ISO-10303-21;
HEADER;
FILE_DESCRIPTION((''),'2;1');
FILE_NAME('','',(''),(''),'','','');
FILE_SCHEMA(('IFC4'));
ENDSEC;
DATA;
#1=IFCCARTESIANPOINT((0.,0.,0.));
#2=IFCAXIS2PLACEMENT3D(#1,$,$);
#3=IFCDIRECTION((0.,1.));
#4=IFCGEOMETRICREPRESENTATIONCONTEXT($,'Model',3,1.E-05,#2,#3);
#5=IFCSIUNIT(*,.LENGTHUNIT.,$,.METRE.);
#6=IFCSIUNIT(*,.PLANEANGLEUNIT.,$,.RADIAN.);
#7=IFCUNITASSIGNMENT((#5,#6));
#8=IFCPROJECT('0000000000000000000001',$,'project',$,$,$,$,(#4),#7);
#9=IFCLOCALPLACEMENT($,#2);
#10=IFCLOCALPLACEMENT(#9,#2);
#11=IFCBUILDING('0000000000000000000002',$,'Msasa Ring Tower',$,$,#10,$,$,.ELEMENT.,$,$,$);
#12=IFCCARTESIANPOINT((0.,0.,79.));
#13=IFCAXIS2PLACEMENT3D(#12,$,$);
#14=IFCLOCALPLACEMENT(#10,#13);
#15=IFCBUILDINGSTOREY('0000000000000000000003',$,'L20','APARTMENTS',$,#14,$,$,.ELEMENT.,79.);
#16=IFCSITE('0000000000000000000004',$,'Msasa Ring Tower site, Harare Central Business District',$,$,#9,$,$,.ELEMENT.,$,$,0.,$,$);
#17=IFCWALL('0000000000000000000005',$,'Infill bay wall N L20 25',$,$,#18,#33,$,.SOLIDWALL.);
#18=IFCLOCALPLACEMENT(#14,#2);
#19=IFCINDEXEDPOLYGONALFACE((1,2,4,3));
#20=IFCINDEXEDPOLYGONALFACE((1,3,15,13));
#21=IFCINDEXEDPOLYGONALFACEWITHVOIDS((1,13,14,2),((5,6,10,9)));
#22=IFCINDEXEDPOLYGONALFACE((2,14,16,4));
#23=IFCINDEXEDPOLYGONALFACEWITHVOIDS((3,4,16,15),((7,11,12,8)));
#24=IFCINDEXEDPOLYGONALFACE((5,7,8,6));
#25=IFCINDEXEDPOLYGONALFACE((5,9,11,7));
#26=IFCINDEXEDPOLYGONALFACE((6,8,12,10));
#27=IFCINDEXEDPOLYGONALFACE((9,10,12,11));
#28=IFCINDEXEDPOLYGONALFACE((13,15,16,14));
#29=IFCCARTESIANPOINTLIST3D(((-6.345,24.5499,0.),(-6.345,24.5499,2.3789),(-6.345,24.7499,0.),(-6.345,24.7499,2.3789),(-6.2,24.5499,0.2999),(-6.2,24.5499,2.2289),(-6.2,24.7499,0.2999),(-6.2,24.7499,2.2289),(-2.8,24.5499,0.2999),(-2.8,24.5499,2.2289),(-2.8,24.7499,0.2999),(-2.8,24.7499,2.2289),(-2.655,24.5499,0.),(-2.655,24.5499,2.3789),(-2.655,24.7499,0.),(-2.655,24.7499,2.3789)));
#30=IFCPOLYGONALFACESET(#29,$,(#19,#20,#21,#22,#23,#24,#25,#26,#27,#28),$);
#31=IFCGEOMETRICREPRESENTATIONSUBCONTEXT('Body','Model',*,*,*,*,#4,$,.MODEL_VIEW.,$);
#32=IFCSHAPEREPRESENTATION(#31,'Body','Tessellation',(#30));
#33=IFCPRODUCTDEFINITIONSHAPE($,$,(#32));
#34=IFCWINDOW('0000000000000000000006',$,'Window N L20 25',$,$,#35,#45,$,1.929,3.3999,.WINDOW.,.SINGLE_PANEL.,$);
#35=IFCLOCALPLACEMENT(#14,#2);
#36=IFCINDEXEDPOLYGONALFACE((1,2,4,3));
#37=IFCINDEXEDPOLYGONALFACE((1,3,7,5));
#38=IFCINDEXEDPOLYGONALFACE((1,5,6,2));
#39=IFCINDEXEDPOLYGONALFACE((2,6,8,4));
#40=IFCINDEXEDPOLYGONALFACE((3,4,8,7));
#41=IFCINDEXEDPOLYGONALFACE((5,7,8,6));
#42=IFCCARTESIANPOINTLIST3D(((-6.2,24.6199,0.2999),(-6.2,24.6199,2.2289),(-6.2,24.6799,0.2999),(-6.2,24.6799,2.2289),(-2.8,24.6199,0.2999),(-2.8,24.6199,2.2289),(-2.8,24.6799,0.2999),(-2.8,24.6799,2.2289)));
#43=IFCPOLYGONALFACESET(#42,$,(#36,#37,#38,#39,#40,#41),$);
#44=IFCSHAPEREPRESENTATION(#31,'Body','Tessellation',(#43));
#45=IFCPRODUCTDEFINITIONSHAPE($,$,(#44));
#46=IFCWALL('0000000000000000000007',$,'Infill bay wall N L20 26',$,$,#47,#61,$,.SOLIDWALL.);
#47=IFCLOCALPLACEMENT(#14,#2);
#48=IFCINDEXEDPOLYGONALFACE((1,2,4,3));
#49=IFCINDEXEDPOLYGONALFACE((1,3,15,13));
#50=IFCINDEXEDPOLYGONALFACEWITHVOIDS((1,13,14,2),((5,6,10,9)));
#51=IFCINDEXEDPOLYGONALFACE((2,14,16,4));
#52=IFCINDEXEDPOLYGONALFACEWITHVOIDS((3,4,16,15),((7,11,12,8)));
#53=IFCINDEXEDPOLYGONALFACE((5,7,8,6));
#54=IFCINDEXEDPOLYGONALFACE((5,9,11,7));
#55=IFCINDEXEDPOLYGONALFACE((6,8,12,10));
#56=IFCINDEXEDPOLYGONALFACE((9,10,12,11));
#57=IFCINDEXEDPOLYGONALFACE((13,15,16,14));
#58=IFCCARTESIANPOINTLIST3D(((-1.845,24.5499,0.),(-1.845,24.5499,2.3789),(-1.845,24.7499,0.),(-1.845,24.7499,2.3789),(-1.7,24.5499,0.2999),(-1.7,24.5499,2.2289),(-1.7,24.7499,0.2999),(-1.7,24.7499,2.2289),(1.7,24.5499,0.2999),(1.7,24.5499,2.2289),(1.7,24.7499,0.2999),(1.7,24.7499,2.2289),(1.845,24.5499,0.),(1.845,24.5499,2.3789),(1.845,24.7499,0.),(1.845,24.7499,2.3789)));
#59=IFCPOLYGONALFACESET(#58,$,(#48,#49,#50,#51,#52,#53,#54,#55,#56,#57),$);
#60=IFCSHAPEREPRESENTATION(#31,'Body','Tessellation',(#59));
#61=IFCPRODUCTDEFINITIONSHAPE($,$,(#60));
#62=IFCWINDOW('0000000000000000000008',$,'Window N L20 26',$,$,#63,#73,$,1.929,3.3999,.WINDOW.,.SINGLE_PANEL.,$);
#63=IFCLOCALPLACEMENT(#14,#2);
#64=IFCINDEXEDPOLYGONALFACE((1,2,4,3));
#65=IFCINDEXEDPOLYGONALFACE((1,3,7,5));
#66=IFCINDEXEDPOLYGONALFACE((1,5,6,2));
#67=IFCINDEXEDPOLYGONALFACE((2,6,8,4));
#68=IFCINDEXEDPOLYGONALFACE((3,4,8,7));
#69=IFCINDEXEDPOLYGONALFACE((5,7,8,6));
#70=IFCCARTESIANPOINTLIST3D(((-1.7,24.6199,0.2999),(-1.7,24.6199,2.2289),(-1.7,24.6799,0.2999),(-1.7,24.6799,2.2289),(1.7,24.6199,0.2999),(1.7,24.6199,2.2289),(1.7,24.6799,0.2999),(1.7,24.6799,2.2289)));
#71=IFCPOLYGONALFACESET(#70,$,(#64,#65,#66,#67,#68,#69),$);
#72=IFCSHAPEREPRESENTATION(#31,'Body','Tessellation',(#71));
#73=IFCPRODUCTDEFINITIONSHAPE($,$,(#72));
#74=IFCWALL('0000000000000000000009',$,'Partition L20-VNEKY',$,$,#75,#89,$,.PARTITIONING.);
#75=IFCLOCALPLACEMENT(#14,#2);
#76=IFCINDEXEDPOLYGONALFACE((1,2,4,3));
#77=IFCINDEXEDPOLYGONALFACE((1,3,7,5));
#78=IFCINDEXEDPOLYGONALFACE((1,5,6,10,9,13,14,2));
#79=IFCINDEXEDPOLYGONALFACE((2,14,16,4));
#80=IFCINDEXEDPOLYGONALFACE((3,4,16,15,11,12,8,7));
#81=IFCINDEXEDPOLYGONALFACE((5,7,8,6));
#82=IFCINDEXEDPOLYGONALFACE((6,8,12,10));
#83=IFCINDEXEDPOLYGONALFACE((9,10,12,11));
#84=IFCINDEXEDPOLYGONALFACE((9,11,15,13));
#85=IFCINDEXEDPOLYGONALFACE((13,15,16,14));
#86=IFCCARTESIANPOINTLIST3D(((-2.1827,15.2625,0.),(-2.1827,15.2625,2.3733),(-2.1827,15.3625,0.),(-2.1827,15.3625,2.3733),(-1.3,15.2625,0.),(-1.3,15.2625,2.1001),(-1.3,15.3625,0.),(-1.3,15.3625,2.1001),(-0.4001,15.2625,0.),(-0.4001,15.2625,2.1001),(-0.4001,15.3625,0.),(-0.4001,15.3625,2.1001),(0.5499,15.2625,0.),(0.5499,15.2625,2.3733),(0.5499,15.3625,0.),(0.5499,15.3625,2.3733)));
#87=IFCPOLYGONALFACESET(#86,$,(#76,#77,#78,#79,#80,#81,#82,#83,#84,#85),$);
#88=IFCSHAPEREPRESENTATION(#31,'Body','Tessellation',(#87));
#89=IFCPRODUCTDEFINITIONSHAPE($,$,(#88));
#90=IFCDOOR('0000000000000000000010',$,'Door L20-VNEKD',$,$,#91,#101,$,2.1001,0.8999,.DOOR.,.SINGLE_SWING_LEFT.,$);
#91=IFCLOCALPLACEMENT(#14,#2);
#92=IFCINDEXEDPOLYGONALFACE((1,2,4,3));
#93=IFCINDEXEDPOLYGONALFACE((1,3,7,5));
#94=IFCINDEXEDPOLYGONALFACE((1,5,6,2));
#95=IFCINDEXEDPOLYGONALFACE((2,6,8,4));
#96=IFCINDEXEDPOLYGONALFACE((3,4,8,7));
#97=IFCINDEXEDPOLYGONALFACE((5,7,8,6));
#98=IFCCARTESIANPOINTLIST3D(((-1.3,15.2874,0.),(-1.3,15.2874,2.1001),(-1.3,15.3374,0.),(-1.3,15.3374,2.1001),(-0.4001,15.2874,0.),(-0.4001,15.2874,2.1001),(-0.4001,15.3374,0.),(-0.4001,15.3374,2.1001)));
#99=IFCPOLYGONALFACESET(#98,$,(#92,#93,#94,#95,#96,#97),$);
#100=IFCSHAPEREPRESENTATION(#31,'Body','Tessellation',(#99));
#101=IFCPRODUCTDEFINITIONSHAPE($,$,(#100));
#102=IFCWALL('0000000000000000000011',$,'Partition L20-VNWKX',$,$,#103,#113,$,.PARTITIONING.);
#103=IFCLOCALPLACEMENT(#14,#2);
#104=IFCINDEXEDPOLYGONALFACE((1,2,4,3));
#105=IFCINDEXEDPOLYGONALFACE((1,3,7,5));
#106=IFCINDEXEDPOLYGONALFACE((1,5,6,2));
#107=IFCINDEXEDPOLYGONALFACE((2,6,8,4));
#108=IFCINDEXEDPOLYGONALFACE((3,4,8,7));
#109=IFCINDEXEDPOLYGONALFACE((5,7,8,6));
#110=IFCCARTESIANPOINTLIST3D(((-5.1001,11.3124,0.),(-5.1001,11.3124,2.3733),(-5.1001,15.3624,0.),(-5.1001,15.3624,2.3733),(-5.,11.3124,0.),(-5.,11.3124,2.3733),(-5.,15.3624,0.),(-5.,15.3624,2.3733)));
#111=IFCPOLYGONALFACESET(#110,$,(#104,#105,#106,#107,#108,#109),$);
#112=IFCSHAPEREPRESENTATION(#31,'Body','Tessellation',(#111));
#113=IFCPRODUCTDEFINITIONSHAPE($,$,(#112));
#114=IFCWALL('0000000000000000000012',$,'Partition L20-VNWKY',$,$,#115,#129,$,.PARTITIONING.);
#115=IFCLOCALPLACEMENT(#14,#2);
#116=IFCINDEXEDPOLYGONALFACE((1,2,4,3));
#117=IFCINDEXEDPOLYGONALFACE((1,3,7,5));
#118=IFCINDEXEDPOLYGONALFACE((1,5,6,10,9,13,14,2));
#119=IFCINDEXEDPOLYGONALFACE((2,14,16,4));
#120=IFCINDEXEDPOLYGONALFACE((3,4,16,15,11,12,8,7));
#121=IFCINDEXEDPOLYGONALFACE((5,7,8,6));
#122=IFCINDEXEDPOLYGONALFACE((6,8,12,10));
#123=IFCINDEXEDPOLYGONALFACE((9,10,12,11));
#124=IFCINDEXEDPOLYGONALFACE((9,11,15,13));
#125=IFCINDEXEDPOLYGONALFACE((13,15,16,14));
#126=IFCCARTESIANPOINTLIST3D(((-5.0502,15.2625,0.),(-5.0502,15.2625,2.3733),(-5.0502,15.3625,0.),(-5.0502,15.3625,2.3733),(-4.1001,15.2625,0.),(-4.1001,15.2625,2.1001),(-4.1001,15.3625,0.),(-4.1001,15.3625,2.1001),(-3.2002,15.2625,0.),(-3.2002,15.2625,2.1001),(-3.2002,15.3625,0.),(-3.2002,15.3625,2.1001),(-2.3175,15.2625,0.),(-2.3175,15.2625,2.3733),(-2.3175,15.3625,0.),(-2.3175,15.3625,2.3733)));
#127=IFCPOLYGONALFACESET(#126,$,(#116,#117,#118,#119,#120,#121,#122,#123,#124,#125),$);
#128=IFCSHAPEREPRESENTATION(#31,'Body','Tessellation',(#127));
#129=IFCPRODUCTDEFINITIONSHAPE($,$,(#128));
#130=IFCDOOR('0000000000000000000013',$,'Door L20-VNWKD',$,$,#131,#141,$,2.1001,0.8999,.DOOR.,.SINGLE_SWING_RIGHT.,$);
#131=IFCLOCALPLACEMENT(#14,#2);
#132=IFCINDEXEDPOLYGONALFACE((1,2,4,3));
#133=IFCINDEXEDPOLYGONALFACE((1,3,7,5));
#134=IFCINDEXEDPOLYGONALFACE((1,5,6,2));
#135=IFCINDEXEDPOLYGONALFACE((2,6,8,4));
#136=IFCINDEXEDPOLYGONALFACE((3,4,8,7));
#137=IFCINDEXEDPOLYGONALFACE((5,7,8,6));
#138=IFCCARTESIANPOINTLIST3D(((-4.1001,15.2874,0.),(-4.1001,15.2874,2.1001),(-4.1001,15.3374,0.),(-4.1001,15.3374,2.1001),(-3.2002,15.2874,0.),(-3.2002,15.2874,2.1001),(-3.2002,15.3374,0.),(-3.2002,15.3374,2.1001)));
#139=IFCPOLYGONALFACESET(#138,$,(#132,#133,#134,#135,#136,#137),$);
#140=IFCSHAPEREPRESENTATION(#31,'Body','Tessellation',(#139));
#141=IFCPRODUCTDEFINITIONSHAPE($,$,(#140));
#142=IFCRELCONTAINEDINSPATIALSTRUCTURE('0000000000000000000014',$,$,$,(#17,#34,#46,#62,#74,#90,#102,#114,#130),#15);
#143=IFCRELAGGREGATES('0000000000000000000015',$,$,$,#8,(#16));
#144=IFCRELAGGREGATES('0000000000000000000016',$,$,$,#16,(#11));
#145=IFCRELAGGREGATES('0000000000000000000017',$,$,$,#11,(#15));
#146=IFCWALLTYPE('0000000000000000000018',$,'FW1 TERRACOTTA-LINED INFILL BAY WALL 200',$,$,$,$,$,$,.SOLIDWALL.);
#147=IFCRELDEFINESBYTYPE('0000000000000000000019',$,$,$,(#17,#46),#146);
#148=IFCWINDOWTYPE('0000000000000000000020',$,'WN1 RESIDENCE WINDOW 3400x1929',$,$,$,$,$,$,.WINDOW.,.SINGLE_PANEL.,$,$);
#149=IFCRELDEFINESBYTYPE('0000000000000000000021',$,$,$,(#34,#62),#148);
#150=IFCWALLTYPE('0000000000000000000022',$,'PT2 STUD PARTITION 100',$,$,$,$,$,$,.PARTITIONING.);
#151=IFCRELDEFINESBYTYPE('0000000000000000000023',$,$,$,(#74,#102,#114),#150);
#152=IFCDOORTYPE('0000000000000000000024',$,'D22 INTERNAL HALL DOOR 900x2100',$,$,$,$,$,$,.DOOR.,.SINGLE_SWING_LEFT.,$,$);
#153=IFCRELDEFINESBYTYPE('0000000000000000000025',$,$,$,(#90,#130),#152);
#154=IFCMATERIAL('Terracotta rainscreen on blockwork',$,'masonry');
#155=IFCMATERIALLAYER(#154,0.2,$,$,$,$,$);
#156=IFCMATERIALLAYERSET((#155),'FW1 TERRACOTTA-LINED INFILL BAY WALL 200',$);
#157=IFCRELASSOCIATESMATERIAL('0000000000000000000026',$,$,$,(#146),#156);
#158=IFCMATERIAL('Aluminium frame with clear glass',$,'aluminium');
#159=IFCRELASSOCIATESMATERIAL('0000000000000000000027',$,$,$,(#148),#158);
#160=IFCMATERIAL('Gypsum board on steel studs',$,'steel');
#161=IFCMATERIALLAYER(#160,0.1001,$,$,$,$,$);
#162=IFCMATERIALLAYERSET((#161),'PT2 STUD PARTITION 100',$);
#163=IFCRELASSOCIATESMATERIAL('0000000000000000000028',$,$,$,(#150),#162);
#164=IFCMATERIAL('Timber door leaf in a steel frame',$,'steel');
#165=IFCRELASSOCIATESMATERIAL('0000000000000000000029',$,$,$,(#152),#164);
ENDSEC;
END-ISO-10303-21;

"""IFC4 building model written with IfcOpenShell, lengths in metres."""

from ifc_helpers import new_model, si_unit, direction, frame, frame_2d, origin, place, context, subcontext, project, spatial, rectangle, extrude, material, layer, layer_set, type_object, element, fill, save


model = new_model("IFC4")

# Units and contexts
model_context = context("Model", 3, precision=1e-05, world=origin(), true_north=direction((0.0, 1.0)))
body_context = subcontext(model_context, "Body", "Model", "MODEL_VIEW")
ifc_project = project(units=[si_unit("LENGTHUNIT", "METRE"), si_unit("PLANEANGLEUNIT", "RADIAN")], contexts=[model_context])

# Site, building, storey
site_placement = place(None, origin())
site = spatial("IfcSite", under=ifc_project, at=site_placement, Name="Msasa Ring Tower site, Harare Central Business District", CompositionType="ELEMENT", RefElevation=0.0)
building_placement = place(site_placement, origin())
building = spatial("IfcBuilding", under=site, at=building_placement, Name="Msasa Ring Tower", CompositionType="ELEMENT")
storey_placement = place(building_placement, frame((0.0, 0.0, 79.0)))
storey = spatial("IfcBuildingStorey", under=building, at=storey_placement, Name="L20", Description="APARTMENTS", CompositionType="ELEMENT", Elevation=79.0)

# Walls, openings, windows
ifc_material_1 = material(Name="Terracotta rainscreen on blockwork", Category="masonry")
ifc_layer_1 = layer(ifc_material_1, 0.2)
ifc_layer_set_1 = layer_set([ifc_layer_1], Name="FW1 TERRACOTTA-LINED INFILL BAY WALL 200")
wall_type_1 = type_object("IfcWallType", Name="FW1 TERRACOTTA-LINED INFILL BAY WALL 200", PredefinedType="SOLIDWALL", material=ifc_layer_set_1)
ifc_material_2 = material(Name="Aluminium frame with clear glass", Category="aluminium")
window_type = type_object("IfcWindowType", Name="WN1 RESIDENCE WINDOW 3400x1929", PartitioningType="SINGLE_PANEL", PredefinedType="WINDOW", material=ifc_material_2)
wall_1_placement = place(storey_placement, frame((-6.345, 24.6499, 0.0), z_axis=(0.0, 0.0, 1.0), x_axis=(1.0, 0.0, 0.0)))
wall_1 = element("IfcWall", 1, at=wall_1_placement, inside=storey, type_object=wall_type_1, Name="Infill bay wall N L20 25", PredefinedType="SOLIDWALL", context=body_context, shape_type="SweptSolid", body=[
    extrude(rectangle(XDim=3.6899, YDim=0.2, at=frame_2d((1.845, 0.0))), origin(), (0.0, 0.0, 1.0), 2.3789),
])
opening_1_placement = place(wall_1_placement, frame((0.145, 0.0, 0.3)))
opening_1 = element("IfcOpeningElement", 2, at=opening_1_placement, cuts=wall_1, PredefinedType="OPENING", context=body_context, shape_type="SweptSolid", body=[
    extrude(rectangle(XDim=3.3999, YDim=1.929, at=frame_2d((1.7, 0.9644))), frame((0.0, 0.1099, 0.0), z_axis=(0.0, -1.0, 0.0), x_axis=(1.0, 0.0, 0.0)), (0.0, 0.0, 1.0), 0.22),
])
window_1_placement = place(opening_1_placement, origin())
window_1 = element("IfcWindow", 3, at=window_1_placement, inside=storey, type_object=window_type, Name="Window N L20 25", OverallHeight=1.929, OverallWidth=3.3999, PartitioningType="SINGLE_PANEL", PredefinedType="WINDOW", context=body_context, shape_type="SweptSolid", body=[
    extrude(rectangle(XDim=3.3999, YDim=1.929, at=frame_2d((1.7, 0.9644))), frame((0.0, 0.03, 0.0), z_axis=(0.0, -1.0, 0.0), x_axis=(1.0, 0.0, 0.0)), (0.0, 0.0, 1.0), 0.0601),
])
fill(opening_1, window_1)
wall_2_placement = place(storey_placement, frame((-1.845, 24.6499, 0.0), z_axis=(0.0, 0.0, 1.0), x_axis=(1.0, 0.0, 0.0)))
wall_2 = element("IfcWall", 4, at=wall_2_placement, inside=storey, type_object=wall_type_1, Name="Infill bay wall N L20 26", PredefinedType="SOLIDWALL", context=body_context, shape_type="SweptSolid", body=[
    extrude(rectangle(XDim=3.6899, YDim=0.2, at=frame_2d((1.845, 0.0))), origin(), (0.0, 0.0, 1.0), 2.3789),
])
opening_2_placement = place(wall_2_placement, frame((0.145, 0.0, 0.3)))
opening_2 = element("IfcOpeningElement", 5, at=opening_2_placement, cuts=wall_2, PredefinedType="OPENING", context=body_context, shape_type="SweptSolid", body=[
    extrude(rectangle(XDim=3.3999, YDim=1.929, at=frame_2d((1.7, 0.9644))), frame((0.0, 0.1099, 0.0), z_axis=(0.0, -1.0, 0.0), x_axis=(1.0, 0.0, 0.0)), (0.0, 0.0, 1.0), 0.22),
])
window_2_placement = place(opening_2_placement, origin())
window_2 = element("IfcWindow", 6, at=window_2_placement, inside=storey, type_object=window_type, Name="Window N L20 26", OverallHeight=1.929, OverallWidth=3.3999, PartitioningType="SINGLE_PANEL", PredefinedType="WINDOW", context=body_context, shape_type="SweptSolid", body=[
    extrude(rectangle(XDim=3.3999, YDim=1.929, at=frame_2d((1.7, 0.9644))), frame((0.0, 0.03, 0.0), z_axis=(0.0, -1.0, 0.0), x_axis=(1.0, 0.0, 0.0)), (0.0, 0.0, 1.0), 0.0601),
])
fill(opening_2, window_2)

# Wall, opening, door
ifc_material_3 = material(Name="Gypsum board on steel studs", Category="steel")
ifc_layer_2 = layer(ifc_material_3, 0.1001)
ifc_layer_set_2 = layer_set([ifc_layer_2], Name="PT2 STUD PARTITION 100")
wall_type_2 = type_object("IfcWallType", Name="PT2 STUD PARTITION 100", PredefinedType="PARTITIONING", material=ifc_layer_set_2)
wall_3_placement = place(storey_placement, frame((-2.1826, 15.3125, 0.0), z_axis=(0.0, 0.0, 1.0), x_axis=(1.0, 0.0, 0.0)))
wall_3 = element("IfcWall", 7, at=wall_3_placement, inside=storey, type_object=wall_type_2, Name="Partition L20-VNEKY", PredefinedType="PARTITIONING", context=body_context, shape_type="SweptSolid", body=[
    extrude(rectangle(XDim=2.7327, YDim=0.1001, at=frame_2d((1.3662, 0.0))), origin(), (0.0, 0.0, 1.0), 2.3733),
])
opening_3_placement = place(wall_3_placement, frame((0.8826, 0.0, 0.0)))
opening_3 = element("IfcOpeningElement", 8, at=opening_3_placement, cuts=wall_3, PredefinedType="OPENING", context=body_context, shape_type="SweptSolid", body=[
    extrude(rectangle(XDim=0.8999, YDim=2.1001, at=frame_2d((0.45, 1.05))), frame((0.0, 0.0601, 0.0), z_axis=(0.0, -1.0, 0.0), x_axis=(1.0, 0.0, 0.0)), (0.0, 0.0, 1.0), 0.1201),
])
ifc_material_4 = material(Name="Timber door leaf in a steel frame", Category="steel")
door_type_1 = type_object("IfcDoorType", Name="D22 INTERNAL HALL DOOR 900x2100", OperationType="SINGLE_SWING_LEFT", PredefinedType="DOOR", material=ifc_material_4)
door_1_placement = place(opening_3_placement, origin())
door_1 = element("IfcDoor", 9, at=door_1_placement, inside=storey, type_object=door_type_1, Name="Door L20-VNEKD", OperationType="SINGLE_SWING_LEFT", OverallHeight=2.1001, OverallWidth=0.8999, PredefinedType="DOOR", context=body_context, shape_type="SweptSolid", body=[
    extrude(rectangle(XDim=0.8999, YDim=2.1001, at=frame_2d((0.45, 1.05))), frame((0.0, 0.0249, 0.0), z_axis=(0.0, -1.0, 0.0), x_axis=(1.0, 0.0, 0.0)), (0.0, 0.0, 1.0), 0.05),
])
fill(opening_3, door_1)

# Wall
wall_4_placement = place(storey_placement, frame((-5.05, 11.3125, 0.0), z_axis=(0.0, 0.0, 1.0), x_axis=(0.0, 1.0, 0.0)))
element("IfcWall", 10, at=wall_4_placement, inside=storey, type_object=wall_type_2, Name="Partition L20-VNWKX", PredefinedType="PARTITIONING", context=body_context, shape_type="SweptSolid", body=[
    extrude(rectangle(XDim=4.05, YDim=0.1001, at=frame_2d((2.0249, 0.0))), origin(), (0.0, 0.0, 1.0), 2.3733),
])

# Wall, opening, door
wall_5_placement = place(storey_placement, frame((-5.05, 15.3125, 0.0), z_axis=(0.0, 0.0, 1.0), x_axis=(1.0, 0.0, 0.0)))
wall_5 = element("IfcWall", 11, at=wall_5_placement, inside=storey, type_object=wall_type_2, Name="Partition L20-VNWKY", PredefinedType="PARTITIONING", context=body_context, shape_type="SweptSolid", body=[
    extrude(rectangle(XDim=2.7327, YDim=0.1001, at=frame_2d((1.3662, 0.0))), origin(), (0.0, 0.0, 1.0), 2.3733),
])
opening_4_placement = place(wall_5_placement, frame((0.95, 0.0, 0.0)))
opening_4 = element("IfcOpeningElement", 12, at=opening_4_placement, cuts=wall_5, PredefinedType="OPENING", context=body_context, shape_type="SweptSolid", body=[
    extrude(rectangle(XDim=0.8999, YDim=2.1001, at=frame_2d((0.45, 1.05))), frame((0.0, 0.0601, 0.0), z_axis=(0.0, -1.0, 0.0), x_axis=(1.0, 0.0, 0.0)), (0.0, 0.0, 1.0), 0.1201),
])
door_2_placement = place(opening_4_placement, origin())
door_2 = element("IfcDoor", 13, at=door_2_placement, inside=storey, type_object=door_type_1, Name="Door L20-VNWKD", OperationType="SINGLE_SWING_RIGHT", OverallHeight=2.1001, OverallWidth=0.8999, PredefinedType="DOOR", context=body_context, shape_type="SweptSolid", body=[
    extrude(rectangle(XDim=0.8999, YDim=2.1001, at=frame_2d((0.45, 1.05))), frame((0.0, 0.0249, 0.0), z_axis=(0.0, -1.0, 0.0), x_axis=(1.0, 0.0, 0.0)), (0.0, 0.0, 1.0), 0.05),
])
fill(opening_4, door_2)

save(model, "model.ifc")
